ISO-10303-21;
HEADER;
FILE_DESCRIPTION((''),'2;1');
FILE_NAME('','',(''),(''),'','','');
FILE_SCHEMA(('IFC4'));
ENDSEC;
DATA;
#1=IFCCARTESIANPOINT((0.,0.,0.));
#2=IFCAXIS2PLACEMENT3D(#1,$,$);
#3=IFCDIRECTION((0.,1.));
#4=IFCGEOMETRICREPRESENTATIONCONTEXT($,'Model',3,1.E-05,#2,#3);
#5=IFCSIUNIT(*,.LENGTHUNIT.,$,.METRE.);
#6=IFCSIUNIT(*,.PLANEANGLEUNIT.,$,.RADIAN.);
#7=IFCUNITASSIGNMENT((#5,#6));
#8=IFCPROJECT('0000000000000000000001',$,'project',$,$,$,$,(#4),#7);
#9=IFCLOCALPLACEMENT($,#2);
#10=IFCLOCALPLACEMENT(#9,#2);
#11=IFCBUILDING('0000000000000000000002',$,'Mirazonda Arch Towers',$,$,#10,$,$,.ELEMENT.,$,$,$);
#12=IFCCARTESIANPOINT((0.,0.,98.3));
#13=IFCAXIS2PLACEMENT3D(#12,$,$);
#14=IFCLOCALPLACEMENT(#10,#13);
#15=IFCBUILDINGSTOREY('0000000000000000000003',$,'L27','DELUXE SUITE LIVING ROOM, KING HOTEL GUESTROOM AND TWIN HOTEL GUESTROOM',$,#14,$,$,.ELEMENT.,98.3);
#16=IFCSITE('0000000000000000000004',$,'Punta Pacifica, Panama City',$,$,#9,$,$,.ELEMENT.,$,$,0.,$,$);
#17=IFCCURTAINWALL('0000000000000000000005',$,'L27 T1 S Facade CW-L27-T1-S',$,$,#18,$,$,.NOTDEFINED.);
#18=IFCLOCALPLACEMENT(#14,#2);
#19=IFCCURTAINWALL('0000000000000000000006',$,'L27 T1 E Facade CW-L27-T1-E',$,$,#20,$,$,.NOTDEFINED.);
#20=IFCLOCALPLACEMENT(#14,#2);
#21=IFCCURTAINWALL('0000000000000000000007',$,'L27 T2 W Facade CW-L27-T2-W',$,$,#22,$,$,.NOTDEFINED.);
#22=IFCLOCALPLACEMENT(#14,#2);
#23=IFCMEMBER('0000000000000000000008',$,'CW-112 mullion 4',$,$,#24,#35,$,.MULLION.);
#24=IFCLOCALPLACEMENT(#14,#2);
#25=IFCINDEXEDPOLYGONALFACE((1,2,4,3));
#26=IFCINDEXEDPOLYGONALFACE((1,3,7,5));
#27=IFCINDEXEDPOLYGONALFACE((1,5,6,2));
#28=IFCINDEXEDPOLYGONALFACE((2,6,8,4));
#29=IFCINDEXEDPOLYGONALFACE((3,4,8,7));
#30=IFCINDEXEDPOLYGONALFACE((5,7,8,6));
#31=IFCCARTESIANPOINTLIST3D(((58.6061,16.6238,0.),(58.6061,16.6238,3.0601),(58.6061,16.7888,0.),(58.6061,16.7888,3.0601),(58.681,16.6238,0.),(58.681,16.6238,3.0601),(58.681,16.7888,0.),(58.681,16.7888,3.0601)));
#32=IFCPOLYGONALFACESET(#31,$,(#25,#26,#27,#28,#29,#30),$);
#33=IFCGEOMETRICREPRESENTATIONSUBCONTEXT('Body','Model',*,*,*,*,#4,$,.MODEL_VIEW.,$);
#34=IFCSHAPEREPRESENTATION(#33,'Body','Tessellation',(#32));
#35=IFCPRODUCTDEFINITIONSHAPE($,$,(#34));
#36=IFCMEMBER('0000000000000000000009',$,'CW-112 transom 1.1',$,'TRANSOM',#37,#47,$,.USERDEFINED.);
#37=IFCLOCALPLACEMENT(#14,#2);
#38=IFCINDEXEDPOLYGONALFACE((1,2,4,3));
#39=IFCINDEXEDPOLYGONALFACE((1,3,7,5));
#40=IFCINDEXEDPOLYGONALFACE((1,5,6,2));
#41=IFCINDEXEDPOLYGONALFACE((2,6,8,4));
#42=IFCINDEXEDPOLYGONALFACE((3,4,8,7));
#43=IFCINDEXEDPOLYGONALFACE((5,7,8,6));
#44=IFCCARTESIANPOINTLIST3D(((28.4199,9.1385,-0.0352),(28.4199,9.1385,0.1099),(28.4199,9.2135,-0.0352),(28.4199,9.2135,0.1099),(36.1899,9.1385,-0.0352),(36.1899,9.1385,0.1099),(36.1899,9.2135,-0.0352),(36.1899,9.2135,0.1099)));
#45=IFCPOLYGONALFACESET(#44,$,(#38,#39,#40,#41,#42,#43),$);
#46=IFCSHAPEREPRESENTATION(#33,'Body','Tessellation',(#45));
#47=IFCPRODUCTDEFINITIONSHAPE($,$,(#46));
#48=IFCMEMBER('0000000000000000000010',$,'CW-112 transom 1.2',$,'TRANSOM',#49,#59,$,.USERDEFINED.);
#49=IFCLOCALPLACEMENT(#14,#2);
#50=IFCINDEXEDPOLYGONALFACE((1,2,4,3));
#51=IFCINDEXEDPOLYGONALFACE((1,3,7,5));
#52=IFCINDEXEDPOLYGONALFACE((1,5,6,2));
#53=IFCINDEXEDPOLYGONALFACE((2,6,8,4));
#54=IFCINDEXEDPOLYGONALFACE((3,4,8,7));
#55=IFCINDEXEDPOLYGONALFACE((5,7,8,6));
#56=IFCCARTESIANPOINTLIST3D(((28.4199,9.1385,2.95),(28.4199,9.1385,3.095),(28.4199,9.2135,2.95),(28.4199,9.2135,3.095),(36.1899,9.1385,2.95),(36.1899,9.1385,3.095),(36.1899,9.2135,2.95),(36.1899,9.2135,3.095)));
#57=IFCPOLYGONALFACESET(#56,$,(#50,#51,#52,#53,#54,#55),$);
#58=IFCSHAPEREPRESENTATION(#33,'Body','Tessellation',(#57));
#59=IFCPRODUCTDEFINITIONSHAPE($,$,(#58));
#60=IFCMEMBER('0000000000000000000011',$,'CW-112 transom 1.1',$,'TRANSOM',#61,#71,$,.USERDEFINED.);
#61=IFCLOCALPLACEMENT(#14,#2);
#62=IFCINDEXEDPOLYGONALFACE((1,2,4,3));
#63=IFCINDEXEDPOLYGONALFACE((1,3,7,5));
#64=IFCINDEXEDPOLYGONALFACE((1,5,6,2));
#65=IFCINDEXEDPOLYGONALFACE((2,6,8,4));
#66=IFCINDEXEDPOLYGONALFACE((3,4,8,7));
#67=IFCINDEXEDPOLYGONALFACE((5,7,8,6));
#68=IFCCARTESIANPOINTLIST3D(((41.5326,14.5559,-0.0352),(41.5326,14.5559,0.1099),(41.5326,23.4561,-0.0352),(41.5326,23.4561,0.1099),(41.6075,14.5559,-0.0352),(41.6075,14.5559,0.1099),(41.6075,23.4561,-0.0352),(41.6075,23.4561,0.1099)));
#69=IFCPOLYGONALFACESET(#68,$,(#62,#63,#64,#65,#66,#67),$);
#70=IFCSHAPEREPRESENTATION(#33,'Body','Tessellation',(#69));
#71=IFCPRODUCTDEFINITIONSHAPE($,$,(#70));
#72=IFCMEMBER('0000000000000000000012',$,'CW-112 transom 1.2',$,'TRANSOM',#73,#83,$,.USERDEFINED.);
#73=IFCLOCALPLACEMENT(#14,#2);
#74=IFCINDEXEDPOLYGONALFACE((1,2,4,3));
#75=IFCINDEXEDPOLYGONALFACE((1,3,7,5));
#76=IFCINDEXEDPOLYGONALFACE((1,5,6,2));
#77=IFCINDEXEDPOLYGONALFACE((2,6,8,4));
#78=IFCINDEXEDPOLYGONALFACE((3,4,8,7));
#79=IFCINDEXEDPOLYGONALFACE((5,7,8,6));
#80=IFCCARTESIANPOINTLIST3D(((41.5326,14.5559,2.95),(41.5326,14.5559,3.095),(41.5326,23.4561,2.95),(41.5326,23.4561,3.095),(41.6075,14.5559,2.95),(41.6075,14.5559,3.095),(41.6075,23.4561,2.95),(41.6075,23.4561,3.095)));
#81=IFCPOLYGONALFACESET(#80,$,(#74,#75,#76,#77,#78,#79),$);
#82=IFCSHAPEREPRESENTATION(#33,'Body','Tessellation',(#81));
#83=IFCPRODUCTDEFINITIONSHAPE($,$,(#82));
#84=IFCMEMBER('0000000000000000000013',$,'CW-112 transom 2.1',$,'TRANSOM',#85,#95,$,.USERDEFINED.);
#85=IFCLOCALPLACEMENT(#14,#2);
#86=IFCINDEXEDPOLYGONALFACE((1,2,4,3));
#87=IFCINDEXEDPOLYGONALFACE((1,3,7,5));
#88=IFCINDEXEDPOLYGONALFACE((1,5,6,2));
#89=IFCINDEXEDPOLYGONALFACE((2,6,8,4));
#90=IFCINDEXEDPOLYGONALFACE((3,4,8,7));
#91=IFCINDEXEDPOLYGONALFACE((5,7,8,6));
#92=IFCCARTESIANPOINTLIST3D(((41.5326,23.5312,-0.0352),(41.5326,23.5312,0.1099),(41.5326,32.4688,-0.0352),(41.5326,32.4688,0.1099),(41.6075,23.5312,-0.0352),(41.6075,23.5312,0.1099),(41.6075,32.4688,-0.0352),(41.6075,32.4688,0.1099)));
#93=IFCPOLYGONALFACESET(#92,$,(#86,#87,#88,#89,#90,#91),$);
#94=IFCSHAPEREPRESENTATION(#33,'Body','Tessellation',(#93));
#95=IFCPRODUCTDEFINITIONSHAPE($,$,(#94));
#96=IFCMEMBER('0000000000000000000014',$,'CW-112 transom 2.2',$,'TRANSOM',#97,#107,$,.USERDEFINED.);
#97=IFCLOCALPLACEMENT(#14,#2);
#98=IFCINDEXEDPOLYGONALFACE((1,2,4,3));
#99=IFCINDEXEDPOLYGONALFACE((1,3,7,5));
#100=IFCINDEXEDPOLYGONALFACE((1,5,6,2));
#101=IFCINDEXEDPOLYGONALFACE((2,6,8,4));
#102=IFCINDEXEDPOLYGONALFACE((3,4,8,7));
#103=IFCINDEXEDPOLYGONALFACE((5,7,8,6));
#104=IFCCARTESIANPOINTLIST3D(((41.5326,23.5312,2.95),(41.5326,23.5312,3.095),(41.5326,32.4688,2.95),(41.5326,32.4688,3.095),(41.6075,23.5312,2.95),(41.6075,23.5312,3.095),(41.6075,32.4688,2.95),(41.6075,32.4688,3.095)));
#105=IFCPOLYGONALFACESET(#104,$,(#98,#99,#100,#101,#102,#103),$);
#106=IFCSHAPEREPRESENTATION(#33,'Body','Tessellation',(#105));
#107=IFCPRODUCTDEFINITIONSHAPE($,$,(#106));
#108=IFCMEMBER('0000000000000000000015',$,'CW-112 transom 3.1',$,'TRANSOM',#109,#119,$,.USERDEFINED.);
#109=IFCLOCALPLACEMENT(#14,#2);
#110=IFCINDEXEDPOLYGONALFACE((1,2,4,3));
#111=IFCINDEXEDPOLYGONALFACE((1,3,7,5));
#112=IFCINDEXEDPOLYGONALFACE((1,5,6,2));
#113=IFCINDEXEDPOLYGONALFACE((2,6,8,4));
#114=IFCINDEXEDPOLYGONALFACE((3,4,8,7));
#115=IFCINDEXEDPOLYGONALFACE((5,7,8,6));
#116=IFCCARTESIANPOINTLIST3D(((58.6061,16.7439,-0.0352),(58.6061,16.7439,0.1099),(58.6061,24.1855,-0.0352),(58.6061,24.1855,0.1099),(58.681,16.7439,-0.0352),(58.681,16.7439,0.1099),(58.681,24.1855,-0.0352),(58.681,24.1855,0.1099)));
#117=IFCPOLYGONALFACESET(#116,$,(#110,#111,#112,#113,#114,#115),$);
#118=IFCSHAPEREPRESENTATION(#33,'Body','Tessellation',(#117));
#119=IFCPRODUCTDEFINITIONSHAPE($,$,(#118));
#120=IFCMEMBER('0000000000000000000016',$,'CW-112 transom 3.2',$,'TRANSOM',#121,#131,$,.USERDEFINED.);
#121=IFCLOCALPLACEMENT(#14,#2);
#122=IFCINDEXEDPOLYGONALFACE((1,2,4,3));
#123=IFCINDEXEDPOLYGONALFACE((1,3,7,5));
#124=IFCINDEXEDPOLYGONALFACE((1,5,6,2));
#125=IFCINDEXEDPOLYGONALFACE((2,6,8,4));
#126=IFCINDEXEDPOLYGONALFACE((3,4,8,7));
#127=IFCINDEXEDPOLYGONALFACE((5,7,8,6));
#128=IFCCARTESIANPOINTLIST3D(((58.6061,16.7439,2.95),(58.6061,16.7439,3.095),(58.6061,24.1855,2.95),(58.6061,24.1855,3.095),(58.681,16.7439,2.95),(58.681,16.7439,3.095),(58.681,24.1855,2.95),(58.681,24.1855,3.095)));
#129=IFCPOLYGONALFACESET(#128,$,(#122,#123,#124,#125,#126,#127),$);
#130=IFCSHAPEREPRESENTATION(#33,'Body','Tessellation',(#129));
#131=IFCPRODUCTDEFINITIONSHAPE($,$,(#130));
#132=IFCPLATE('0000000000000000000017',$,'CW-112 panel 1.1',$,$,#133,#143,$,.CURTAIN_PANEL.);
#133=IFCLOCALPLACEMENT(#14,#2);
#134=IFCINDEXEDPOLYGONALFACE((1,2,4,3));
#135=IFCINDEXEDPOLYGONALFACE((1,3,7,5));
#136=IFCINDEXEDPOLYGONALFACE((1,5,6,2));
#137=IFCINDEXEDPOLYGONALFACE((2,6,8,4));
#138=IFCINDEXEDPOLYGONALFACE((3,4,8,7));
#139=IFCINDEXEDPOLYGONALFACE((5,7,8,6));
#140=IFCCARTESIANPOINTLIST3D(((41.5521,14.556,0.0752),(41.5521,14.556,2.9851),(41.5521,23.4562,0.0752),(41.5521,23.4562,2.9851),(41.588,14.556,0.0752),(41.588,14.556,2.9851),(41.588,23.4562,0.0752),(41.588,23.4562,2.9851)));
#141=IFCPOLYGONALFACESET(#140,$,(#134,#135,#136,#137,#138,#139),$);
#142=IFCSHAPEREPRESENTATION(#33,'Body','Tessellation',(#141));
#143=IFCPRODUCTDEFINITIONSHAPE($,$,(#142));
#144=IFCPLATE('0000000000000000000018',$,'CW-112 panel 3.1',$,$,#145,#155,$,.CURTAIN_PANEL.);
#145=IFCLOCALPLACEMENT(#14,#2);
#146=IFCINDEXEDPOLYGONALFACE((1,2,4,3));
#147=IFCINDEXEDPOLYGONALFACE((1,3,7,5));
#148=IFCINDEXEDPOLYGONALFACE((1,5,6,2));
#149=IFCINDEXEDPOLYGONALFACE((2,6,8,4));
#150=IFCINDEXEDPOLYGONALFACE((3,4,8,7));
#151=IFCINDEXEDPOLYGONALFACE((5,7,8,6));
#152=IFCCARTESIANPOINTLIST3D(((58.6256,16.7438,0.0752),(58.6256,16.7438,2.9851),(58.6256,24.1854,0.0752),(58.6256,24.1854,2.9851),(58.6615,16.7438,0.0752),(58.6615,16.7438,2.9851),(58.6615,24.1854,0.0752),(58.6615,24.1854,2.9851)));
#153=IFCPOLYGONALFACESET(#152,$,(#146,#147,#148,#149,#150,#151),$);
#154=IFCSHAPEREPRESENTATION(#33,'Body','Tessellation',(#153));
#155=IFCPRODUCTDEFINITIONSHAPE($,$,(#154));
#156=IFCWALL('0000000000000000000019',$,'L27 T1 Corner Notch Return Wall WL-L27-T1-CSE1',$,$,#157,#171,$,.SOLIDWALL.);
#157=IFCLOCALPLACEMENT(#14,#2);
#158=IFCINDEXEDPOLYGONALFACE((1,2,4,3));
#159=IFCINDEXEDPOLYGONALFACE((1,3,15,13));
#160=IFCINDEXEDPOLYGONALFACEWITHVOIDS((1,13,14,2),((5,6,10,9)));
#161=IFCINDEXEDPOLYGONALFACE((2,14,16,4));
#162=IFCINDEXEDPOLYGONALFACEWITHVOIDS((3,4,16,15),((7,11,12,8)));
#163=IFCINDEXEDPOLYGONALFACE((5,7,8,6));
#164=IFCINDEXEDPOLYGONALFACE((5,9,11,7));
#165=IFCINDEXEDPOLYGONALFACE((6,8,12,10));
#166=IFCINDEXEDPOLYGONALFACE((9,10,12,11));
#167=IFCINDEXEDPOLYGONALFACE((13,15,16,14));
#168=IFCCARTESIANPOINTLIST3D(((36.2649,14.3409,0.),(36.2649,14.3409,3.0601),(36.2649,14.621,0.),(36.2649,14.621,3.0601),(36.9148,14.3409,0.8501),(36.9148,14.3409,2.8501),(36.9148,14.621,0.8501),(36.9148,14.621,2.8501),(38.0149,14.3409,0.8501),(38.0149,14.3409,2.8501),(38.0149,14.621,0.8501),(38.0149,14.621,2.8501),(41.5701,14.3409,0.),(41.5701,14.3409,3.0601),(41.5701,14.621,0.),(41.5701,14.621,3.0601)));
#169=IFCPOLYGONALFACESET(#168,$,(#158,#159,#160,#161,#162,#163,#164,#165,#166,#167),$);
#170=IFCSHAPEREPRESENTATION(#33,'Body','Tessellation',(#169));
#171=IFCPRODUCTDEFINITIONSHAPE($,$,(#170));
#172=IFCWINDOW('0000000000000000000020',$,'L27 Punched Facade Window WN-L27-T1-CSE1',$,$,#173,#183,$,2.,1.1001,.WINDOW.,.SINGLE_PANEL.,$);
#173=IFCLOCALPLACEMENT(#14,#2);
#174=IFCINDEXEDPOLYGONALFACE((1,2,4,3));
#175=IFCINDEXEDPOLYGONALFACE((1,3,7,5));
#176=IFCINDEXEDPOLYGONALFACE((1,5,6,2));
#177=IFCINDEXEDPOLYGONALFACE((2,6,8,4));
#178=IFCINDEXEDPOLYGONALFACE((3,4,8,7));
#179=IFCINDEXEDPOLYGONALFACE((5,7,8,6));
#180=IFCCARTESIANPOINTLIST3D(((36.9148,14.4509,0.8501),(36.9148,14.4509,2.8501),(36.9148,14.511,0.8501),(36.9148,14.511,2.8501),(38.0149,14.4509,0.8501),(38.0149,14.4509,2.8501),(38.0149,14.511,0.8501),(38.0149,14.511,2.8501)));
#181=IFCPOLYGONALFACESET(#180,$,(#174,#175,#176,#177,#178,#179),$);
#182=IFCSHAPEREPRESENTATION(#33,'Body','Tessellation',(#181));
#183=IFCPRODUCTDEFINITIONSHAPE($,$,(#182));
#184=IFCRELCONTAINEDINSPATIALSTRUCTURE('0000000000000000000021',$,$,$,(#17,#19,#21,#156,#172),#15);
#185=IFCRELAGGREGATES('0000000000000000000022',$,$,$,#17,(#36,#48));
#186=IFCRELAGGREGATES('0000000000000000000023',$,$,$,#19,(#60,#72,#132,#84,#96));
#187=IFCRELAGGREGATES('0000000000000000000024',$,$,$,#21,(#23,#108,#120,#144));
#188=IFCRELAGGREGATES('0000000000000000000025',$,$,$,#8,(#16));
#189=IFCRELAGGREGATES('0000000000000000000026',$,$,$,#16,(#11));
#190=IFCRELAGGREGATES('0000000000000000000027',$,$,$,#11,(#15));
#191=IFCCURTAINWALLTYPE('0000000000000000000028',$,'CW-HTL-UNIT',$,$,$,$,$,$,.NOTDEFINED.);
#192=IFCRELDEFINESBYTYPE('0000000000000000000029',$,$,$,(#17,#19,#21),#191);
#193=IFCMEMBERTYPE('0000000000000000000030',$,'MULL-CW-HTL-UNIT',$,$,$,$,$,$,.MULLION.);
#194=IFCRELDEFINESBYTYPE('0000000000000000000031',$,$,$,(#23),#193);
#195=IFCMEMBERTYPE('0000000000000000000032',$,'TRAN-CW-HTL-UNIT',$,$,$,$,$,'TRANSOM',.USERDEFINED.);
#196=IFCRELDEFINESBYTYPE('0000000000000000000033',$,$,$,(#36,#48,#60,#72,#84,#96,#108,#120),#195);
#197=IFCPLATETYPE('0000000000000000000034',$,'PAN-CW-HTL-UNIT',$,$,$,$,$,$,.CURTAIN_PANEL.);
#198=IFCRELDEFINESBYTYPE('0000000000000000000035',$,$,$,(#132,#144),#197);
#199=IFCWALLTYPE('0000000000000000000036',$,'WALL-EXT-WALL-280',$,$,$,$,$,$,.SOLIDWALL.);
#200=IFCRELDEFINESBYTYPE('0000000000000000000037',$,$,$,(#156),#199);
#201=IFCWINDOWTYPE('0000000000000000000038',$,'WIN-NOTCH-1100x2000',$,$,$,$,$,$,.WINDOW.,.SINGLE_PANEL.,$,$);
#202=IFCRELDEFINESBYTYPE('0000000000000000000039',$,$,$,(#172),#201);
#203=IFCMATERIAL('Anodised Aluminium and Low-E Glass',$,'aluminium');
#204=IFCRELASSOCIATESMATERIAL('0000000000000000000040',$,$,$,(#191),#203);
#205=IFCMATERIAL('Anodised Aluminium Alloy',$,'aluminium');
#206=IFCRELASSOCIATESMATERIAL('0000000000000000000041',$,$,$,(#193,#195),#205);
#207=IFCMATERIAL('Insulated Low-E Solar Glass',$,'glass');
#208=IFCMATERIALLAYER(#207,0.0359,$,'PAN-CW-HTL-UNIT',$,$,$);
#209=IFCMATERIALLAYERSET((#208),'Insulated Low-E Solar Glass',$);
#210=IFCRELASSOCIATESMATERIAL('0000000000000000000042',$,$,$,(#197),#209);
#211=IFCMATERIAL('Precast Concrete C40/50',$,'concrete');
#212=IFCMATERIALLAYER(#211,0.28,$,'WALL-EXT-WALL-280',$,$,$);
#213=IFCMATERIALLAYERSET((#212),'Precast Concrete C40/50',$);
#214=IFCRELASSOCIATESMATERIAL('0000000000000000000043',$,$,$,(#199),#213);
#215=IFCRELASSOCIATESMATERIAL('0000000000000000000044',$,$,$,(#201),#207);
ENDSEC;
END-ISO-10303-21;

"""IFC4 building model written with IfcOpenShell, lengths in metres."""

from ifc_helpers import new_model, si_unit, direction, frame, frame_2d, origin, origin_2d, place, context, subcontext, project, spatial, rectangle, extrude, material, layer, layer_set, material_profile, profile_set, type_object, element, fill, aggregate, save


model = new_model("IFC4")

# Units and contexts
model_context = context("Model", 3, precision=1e-05, world=origin(), true_north=direction((0.0, 1.0)))
body_context = subcontext(model_context, "Body", "Model", "MODEL_VIEW")
ifc_project = project(units=[si_unit("LENGTHUNIT", "METRE"), si_unit("PLANEANGLEUNIT", "RADIAN")], contexts=[model_context])

# Site, building, storey
site_placement = place(None, origin())
site = spatial("IfcSite", under=ifc_project, at=site_placement, Name="Punta Pacifica, Panama City", CompositionType="ELEMENT", RefElevation=0.0)
building_placement = place(site_placement, origin())
building = spatial("IfcBuilding", under=site, at=building_placement, Name="Mirazonda Arch Towers", CompositionType="ELEMENT")
storey_placement = place(building_placement, frame((0.0, 0.0, 98.3)))
storey = spatial("IfcBuildingStorey", under=building, at=storey_placement, Name="L27", Description="DELUXE SUITE LIVING ROOM, KING HOTEL GUESTROOM AND TWIN HOTEL GUESTROOM", CompositionType="ELEMENT", Elevation=98.3)

# Curtain wall
ifc_material_1 = material(Name="Anodised Aluminium and Low-E Glass", Category="aluminium")
curtain_wall_type = type_object("IfcCurtainWallType", Name="CW-HTL-UNIT", PredefinedType="NOTDEFINED", material=ifc_material_1)
curtain_wall_1_placement = place(storey_placement, origin())
curtain_wall_1 = element("IfcCurtainWall", 1, at=curtain_wall_1_placement, inside=storey, type_object=curtain_wall_type, Name="L27 T1 S Facade CW-L27-T1-S", PredefinedType="NOTDEFINED")
ifc_material_2 = material(Name="Anodised Aluminium Alloy", Category="aluminium")
ifc_material_profile_1 = material_profile(ifc_material_2, rectangle(XDim=0.075, YDim=0.165, at=origin_2d()), Name="ALU-MULL-75x165")
ifc_profile_set_1 = profile_set([ifc_material_profile_1], Name="Anodised Aluminium Alloy")
member_type_1 = type_object("IfcMemberType", Name="MULL-CW-HTL-UNIT", PredefinedType="MULLION", material=ifc_profile_set_1)

# Curtain walls, member
curtain_wall_2_placement = place(storey_placement, origin())
curtain_wall_2 = element("IfcCurtainWall", 2, at=curtain_wall_2_placement, inside=storey, type_object=curtain_wall_type, Name="L27 T1 E Facade CW-L27-T1-E", PredefinedType="NOTDEFINED")
curtain_wall_3_placement = place(storey_placement, origin())
curtain_wall_3 = element("IfcCurtainWall", 3, at=curtain_wall_3_placement, inside=storey, type_object=curtain_wall_type, Name="L27 T2 W Facade CW-L27-T2-W", PredefinedType="NOTDEFINED")
member_1_placement = place(storey_placement, frame((58.6436, 16.7063, 0.0), z_axis=(0.0, 0.0, 1.0), x_axis=(1.0, 0.0, 0.0)))
member_1 = element("IfcMember", 4, at=member_1_placement, type_object=member_type_1, Name="CW-112 mullion 4", PredefinedType="MULLION", context=body_context, shape_type="SweptSolid", body=[
    extrude(rectangle(XDim=0.075, YDim=0.165, at=origin_2d()), origin(), (0.0, 0.0, 1.0), 3.0601),
])

# Members
ifc_material_profile_2 = material_profile(ifc_material_2, rectangle(XDim=0.075, YDim=0.145, at=origin_2d()), Name="ALU-TRAN-75x145")
ifc_profile_set_2 = profile_set([ifc_material_profile_2], Name="Anodised Aluminium Alloy")
member_type_2 = type_object("IfcMemberType", Name="TRAN-CW-HTL-UNIT", ElementType="TRANSOM", PredefinedType="USERDEFINED", material=ifc_profile_set_2)
member_2_placement = place(storey_placement, frame((36.1899, 9.176, 0.0374), z_axis=(-1.0, 0.0, 0.0), x_axis=(0.0, -1.0, 0.0)))
member_2 = element("IfcMember", 5, at=member_2_placement, type_object=member_type_2, Name="CW-112 transom 1.1", ObjectType="TRANSOM", PredefinedType="USERDEFINED", context=body_context, shape_type="SweptSolid", body=[
    extrude(rectangle(XDim=0.075, YDim=0.145, at=origin_2d()), origin(), (0.0, 0.0, 1.0), 7.77),
])
member_3_placement = place(storey_placement, frame((36.1899, 9.176, 3.0225), z_axis=(-1.0, 0.0, 0.0), x_axis=(0.0, -1.0, 0.0)))
member_3 = element("IfcMember", 6, at=member_3_placement, type_object=member_type_2, Name="CW-112 transom 1.2", ObjectType="TRANSOM", PredefinedType="USERDEFINED", context=body_context, shape_type="SweptSolid", body=[
    extrude(rectangle(XDim=0.075, YDim=0.145, at=origin_2d()), origin(), (0.0, 0.0, 1.0), 7.77),
])
aggregate(curtain_wall_1, [member_2, member_3])
member_4_placement = place(storey_placement, frame((41.5701, 14.5559, 0.0374), z_axis=(0.0, 1.0, 0.0), x_axis=(-1.0, 0.0, 0.0)))
member_4 = element("IfcMember", 7, at=member_4_placement, type_object=member_type_2, Name="CW-112 transom 1.1", ObjectType="TRANSOM", PredefinedType="USERDEFINED", context=body_context, shape_type="SweptSolid", body=[
    extrude(rectangle(XDim=0.075, YDim=0.145, at=origin_2d()), origin(), (0.0, 0.0, 1.0), 8.9001),
])
member_5_placement = place(storey_placement, frame((41.5701, 14.5559, 3.0225), z_axis=(0.0, 1.0, 0.0), x_axis=(-1.0, 0.0, 0.0)))
member_5 = element("IfcMember", 8, at=member_5_placement, type_object=member_type_2, Name="CW-112 transom 1.2", ObjectType="TRANSOM", PredefinedType="USERDEFINED", context=body_context, shape_type="SweptSolid", body=[
    extrude(rectangle(XDim=0.075, YDim=0.145, at=origin_2d()), origin(), (0.0, 0.0, 1.0), 8.9001),
])
member_6_placement = place(storey_placement, frame((41.5701, 23.5312, 0.0374), z_axis=(0.0, 1.0, 0.0), x_axis=(-1.0, 0.0, 0.0)))
member_6 = element("IfcMember", 9, at=member_6_placement, type_object=member_type_2, Name="CW-112 transom 2.1", ObjectType="TRANSOM", PredefinedType="USERDEFINED", context=body_context, shape_type="SweptSolid", body=[
    extrude(rectangle(XDim=0.075, YDim=0.145, at=origin_2d()), origin(), (0.0, 0.0, 1.0), 8.9375),
])
member_7_placement = place(storey_placement, frame((41.5701, 23.5312, 3.0225), z_axis=(0.0, 1.0, 0.0), x_axis=(-1.0, 0.0, 0.0)))
member_7 = element("IfcMember", 10, at=member_7_placement, type_object=member_type_2, Name="CW-112 transom 2.2", ObjectType="TRANSOM", PredefinedType="USERDEFINED", context=body_context, shape_type="SweptSolid", body=[
    extrude(rectangle(XDim=0.075, YDim=0.145, at=origin_2d()), origin(), (0.0, 0.0, 1.0), 8.9375),
])
member_8_placement = place(storey_placement, frame((58.6436, 24.1855, 0.0374), z_axis=(0.0, -1.0, 0.0), x_axis=(1.0, 0.0, 0.0)))
member_8 = element("IfcMember", 11, at=member_8_placement, type_object=member_type_2, Name="CW-112 transom 3.1", ObjectType="TRANSOM", PredefinedType="USERDEFINED", context=body_context, shape_type="SweptSolid", body=[
    extrude(rectangle(XDim=0.075, YDim=0.145, at=origin_2d()), origin(), (0.0, 0.0, 1.0), 7.4417),
])
member_9_placement = place(storey_placement, frame((58.6436, 24.1855, 3.0225), z_axis=(0.0, -1.0, 0.0), x_axis=(1.0, 0.0, 0.0)))
member_9 = element("IfcMember", 12, at=member_9_placement, type_object=member_type_2, Name="CW-112 transom 3.2", ObjectType="TRANSOM", PredefinedType="USERDEFINED", context=body_context, shape_type="SweptSolid", body=[
    extrude(rectangle(XDim=0.075, YDim=0.145, at=origin_2d()), origin(), (0.0, 0.0, 1.0), 7.4417),
])

# Plates
ifc_material_3 = material(Name="Insulated Low-E Solar Glass", Category="glass")
ifc_layer_1 = layer(ifc_material_3, 0.0359, Name="PAN-CW-HTL-UNIT")
ifc_layer_set_1 = layer_set([ifc_layer_1], Name="Insulated Low-E Solar Glass")
plate_type = type_object("IfcPlateType", Name="PAN-CW-HTL-UNIT", PredefinedType="CURTAIN_PANEL", material=ifc_layer_set_1)
plate_1_placement = place(storey_placement, frame((41.5701, 19.0061, 0.0752), z_axis=(0.0, 0.0, 1.0), x_axis=(0.0, 1.0, 0.0)))
plate_1 = element("IfcPlate", 13, at=plate_1_placement, type_object=plate_type, Name="CW-112 panel 1.1", PredefinedType="CURTAIN_PANEL", context=body_context, shape_type="SweptSolid", body=[
    extrude(rectangle(XDim=8.9001, YDim=0.0359, at=origin_2d()), origin(), (0.0, 0.0, 1.0), 2.9099),
])
aggregate(curtain_wall_2, [member_4, member_5, plate_1, member_6, member_7])
plate_2_placement = place(storey_placement, frame((58.6436, 20.4646, 0.0752), z_axis=(0.0, 0.0, 1.0), x_axis=(0.0, -1.0, 0.0)))
plate_2 = element("IfcPlate", 14, at=plate_2_placement, type_object=plate_type, Name="CW-112 panel 3.1", PredefinedType="CURTAIN_PANEL", context=body_context, shape_type="SweptSolid", body=[
    extrude(rectangle(XDim=7.4417, YDim=0.0359, at=origin_2d()), origin(), (0.0, 0.0, 1.0), 2.9099),
])
aggregate(curtain_wall_3, [member_1, member_8, member_9, plate_2])

# Wall, opening, window
ifc_material_4 = material(Name="Precast Concrete C40/50", Category="concrete")
ifc_layer_2 = layer(ifc_material_4, 0.28, Name="WALL-EXT-WALL-280")
ifc_layer_set_2 = layer_set([ifc_layer_2], Name="Precast Concrete C40/50")
wall_type_1 = type_object("IfcWallType", Name="WALL-EXT-WALL-280", PredefinedType="SOLIDWALL", material=ifc_layer_set_2)
wall_1_placement = place(storey_placement, frame((36.2649, 14.481, 0.0), z_axis=(0.0, 0.0, 1.0), x_axis=(1.0, 0.0, 0.0)))
wall_1 = element("IfcWall", 15, at=wall_1_placement, inside=storey, type_object=wall_type_1, Name="L27 T1 Corner Notch Return Wall WL-L27-T1-CSE1", PredefinedType="SOLIDWALL", context=body_context, shape_type="SweptSolid", body=[
    extrude(rectangle(XDim=5.3052, YDim=0.28, at=frame_2d((2.6526, 0.0))), origin(), (0.0, 0.0, 1.0), 3.0601),
])
opening_1_placement = place(wall_1_placement, frame((0.6499, 0.0, 0.8501)))
opening_1 = element("IfcOpeningElement", 16, at=opening_1_placement, cuts=wall_1, PredefinedType="OPENING", context=body_context, shape_type="SweptSolid", body=[
    extrude(rectangle(XDim=1.1001, YDim=2.0, at=frame_2d((0.55, 1.0))), frame((0.0, 0.1499, 0.0), z_axis=(0.0, -1.0, 0.0), x_axis=(1.0, 0.0, 0.0)), (0.0, 0.0, 1.0), 0.3),
])
window_type = type_object("IfcWindowType", Name="WIN-NOTCH-1100x2000", PartitioningType="SINGLE_PANEL", PredefinedType="WINDOW", material=ifc_material_3)
window_1_placement = place(opening_1_placement, origin())
window_1 = element("IfcWindow", 17, at=window_1_placement, inside=storey, type_object=window_type, Name="L27 Punched Facade Window WN-L27-T1-CSE1", OverallHeight=2.0, OverallWidth=1.1001, PartitioningType="SINGLE_PANEL", PredefinedType="WINDOW", context=body_context, shape_type="SweptSolid", body=[
    extrude(rectangle(XDim=1.1001, YDim=2.0, at=frame_2d((0.55, 1.0))), frame((0.0, 0.03, 0.0), z_axis=(0.0, -1.0, 0.0), x_axis=(1.0, 0.0, 0.0)), (0.0, 0.0, 1.0), 0.0601),
])
fill(opening_1, window_1)

save(model, "model.ifc")
